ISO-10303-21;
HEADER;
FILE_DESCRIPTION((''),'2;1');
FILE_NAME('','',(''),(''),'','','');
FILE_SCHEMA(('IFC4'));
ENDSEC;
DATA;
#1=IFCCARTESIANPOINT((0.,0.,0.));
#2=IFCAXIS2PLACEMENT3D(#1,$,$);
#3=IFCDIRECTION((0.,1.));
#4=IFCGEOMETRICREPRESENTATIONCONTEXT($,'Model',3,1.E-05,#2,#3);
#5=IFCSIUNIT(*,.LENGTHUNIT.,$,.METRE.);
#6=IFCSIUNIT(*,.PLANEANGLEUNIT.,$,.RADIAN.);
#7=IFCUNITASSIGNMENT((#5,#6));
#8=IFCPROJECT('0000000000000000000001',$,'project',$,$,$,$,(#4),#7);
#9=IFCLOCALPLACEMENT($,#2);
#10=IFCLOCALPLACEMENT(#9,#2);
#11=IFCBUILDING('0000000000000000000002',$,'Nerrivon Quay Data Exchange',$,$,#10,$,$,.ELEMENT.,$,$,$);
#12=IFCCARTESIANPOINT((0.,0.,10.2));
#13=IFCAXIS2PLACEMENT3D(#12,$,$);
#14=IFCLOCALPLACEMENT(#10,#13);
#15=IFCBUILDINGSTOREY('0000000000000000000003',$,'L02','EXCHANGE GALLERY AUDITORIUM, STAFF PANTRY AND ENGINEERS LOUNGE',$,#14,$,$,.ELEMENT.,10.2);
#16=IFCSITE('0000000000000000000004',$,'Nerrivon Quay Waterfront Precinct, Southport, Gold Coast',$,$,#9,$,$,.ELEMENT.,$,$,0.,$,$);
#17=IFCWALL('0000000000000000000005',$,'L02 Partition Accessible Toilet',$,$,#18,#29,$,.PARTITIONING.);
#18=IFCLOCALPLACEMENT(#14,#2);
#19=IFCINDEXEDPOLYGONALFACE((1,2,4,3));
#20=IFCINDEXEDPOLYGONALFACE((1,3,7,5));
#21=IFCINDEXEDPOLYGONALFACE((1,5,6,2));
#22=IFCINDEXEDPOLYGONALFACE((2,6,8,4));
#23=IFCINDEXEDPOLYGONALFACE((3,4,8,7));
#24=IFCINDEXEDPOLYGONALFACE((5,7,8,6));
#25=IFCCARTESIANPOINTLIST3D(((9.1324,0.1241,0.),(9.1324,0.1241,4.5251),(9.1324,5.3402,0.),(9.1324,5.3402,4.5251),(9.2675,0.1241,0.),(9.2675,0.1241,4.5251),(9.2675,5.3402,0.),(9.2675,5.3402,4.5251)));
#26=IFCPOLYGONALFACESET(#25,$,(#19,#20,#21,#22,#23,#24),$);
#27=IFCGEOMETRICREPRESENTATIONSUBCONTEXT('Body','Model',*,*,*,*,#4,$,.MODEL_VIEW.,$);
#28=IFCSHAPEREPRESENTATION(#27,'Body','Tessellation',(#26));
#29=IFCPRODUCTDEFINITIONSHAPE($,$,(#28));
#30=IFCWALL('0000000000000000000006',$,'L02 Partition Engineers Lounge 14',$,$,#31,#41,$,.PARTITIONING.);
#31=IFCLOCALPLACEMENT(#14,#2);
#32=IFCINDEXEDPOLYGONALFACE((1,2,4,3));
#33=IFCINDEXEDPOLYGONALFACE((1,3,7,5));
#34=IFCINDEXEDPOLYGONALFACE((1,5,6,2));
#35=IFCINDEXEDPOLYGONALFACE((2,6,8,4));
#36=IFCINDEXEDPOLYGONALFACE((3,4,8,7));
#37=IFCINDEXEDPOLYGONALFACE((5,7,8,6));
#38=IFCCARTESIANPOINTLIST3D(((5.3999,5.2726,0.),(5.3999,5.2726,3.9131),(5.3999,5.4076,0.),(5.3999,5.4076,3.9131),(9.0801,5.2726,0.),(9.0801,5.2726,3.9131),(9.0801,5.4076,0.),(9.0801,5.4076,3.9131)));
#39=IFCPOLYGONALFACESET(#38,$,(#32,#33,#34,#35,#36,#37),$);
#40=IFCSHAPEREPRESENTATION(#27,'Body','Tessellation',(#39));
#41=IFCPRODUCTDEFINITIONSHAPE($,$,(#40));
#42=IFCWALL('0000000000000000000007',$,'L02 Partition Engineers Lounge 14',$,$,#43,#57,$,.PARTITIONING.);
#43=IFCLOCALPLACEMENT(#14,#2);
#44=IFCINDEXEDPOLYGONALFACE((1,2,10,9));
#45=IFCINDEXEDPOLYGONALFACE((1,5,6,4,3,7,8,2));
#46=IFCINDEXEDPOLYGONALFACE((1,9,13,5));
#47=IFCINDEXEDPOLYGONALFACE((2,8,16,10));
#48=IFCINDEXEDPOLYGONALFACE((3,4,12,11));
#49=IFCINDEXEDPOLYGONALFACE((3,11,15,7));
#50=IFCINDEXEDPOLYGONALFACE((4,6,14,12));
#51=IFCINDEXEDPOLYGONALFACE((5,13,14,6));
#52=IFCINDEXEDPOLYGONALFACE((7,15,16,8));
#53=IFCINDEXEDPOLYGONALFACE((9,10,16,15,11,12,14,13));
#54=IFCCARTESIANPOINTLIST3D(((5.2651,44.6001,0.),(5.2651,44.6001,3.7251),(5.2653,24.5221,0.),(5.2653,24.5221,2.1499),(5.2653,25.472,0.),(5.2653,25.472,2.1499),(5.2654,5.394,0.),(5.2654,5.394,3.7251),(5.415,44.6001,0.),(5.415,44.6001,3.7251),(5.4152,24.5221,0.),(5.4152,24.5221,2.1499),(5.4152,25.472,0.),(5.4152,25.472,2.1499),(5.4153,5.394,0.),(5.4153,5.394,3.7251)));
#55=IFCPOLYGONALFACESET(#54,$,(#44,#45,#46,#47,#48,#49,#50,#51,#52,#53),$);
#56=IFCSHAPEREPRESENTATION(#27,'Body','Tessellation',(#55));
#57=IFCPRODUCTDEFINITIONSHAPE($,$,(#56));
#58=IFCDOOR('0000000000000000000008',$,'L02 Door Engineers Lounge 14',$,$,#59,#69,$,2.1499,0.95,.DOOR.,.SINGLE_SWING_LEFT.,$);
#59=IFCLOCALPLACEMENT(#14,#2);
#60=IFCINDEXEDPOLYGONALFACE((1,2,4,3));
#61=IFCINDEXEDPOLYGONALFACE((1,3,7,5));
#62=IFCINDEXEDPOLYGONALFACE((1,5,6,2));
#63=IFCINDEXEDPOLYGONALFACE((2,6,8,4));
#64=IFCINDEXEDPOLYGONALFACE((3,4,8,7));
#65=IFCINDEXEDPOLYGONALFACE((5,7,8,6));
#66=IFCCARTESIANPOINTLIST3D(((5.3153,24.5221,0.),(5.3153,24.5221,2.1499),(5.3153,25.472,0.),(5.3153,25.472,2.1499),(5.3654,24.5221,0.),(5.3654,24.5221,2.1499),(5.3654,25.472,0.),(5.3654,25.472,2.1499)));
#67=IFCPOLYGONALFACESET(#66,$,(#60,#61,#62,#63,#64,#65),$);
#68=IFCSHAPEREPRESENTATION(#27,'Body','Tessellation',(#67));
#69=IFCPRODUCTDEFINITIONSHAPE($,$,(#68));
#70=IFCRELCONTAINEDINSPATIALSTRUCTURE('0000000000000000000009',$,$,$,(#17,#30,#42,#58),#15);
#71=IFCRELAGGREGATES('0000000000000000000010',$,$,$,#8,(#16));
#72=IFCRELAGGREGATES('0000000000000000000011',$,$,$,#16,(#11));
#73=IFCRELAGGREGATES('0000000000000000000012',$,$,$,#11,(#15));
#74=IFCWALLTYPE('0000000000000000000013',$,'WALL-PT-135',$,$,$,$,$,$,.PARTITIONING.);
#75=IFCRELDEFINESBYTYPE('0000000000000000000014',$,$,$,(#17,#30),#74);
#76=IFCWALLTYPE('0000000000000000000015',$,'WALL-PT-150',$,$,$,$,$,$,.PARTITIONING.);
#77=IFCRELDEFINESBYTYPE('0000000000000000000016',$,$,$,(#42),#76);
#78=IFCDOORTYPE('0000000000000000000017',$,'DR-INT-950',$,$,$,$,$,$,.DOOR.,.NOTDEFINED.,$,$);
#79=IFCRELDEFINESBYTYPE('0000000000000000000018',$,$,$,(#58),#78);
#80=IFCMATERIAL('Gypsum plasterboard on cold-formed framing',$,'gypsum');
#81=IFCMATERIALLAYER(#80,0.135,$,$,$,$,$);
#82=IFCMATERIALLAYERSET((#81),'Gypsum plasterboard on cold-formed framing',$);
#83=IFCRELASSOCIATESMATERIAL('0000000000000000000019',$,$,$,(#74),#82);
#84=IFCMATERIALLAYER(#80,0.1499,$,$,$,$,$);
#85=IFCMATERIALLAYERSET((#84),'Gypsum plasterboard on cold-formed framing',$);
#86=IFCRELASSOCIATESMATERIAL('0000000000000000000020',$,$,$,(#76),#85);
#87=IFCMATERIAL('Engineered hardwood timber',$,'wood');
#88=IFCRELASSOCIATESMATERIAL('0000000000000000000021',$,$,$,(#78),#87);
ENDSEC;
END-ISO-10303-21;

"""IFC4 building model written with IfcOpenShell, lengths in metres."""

from ifc_helpers import new_model, si_unit, direction, frame, frame_2d, origin, place, context, subcontext, project, spatial, rectangle, extrude, material, layer, layer_set, type_object, element, fill, save


model = new_model("IFC4")

# Units and contexts
model_context = context("Model", 3, precision=1e-05, world=origin(), true_north=direction((0.0, 1.0)))
body_context = subcontext(model_context, "Body", "Model", "MODEL_VIEW")
ifc_project = project(units=[si_unit("LENGTHUNIT", "METRE"), si_unit("PLANEANGLEUNIT", "RADIAN")], contexts=[model_context])

# Site, building, storey
site_placement = place(None, origin())
site = spatial("IfcSite", under=ifc_project, at=site_placement, Name="Nerrivon Quay Waterfront Precinct, Southport, Gold Coast", CompositionType="ELEMENT", RefElevation=0.0)
building_placement = place(site_placement, origin())
building = spatial("IfcBuilding", under=site, at=building_placement, Name="Nerrivon Quay Data Exchange", CompositionType="ELEMENT")
storey_placement = place(building_placement, frame((0.0, 0.0, 10.2)))
storey = spatial("IfcBuildingStorey", under=building, at=storey_placement, Name="L02", Description="EXCHANGE GALLERY AUDITORIUM, STAFF PANTRY AND ENGINEERS LOUNGE", CompositionType="ELEMENT", Elevation=10.2)

# Shared definitions
ifc_material_1 = material(Name="Gypsum plasterboard on cold-formed framing", Category="gypsum")
ifc_material_2 = material(Name="Engineered hardwood timber", Category="wood")

# Walls
ifc_layer_1 = layer(ifc_material_1, 0.135)
ifc_layer_set_1 = layer_set([ifc_layer_1], Name="Gypsum plasterboard on cold-formed framing")
wall_type_1 = type_object("IfcWallType", Name="WALL-PT-135", PredefinedType="PARTITIONING", material=ifc_layer_set_1)
wall_1_placement = place(storey_placement, frame((9.2, 5.3401, 0.0), z_axis=(0.0, 0.0, 1.0), x_axis=(0.0, -1.0, 0.0)))
element("IfcWall", 1, at=wall_1_placement, inside=storey, type_object=wall_type_1, Name="L02 Partition Accessible Toilet", PredefinedType="PARTITIONING", context=body_context, shape_type="SweptSolid", body=[
    extrude(rectangle(XDim=5.2161, YDim=0.135, at=frame_2d((2.6079, 0.0))), origin(), (0.0, 0.0, 1.0), 4.5251),
])
wall_2_placement = place(storey_placement, frame((9.0801, 5.3401, 0.0), z_axis=(0.0, 0.0, 1.0), x_axis=(-1.0, 0.0, 0.0)))
element("IfcWall", 2, at=wall_2_placement, inside=storey, type_object=wall_type_1, Name="L02 Partition Engineers Lounge 14", PredefinedType="PARTITIONING", context=body_context, shape_type="SweptSolid", body=[
    extrude(rectangle(XDim=3.6802, YDim=0.135, at=frame_2d((1.8401, 0.0))), origin(), (0.0, 0.0, 1.0), 3.9131),
])

# Wall, opening, door
ifc_layer_2 = layer(ifc_material_1, 0.1499)
ifc_layer_set_2 = layer_set([ifc_layer_2], Name="Gypsum plasterboard on cold-formed framing")
wall_type_2 = type_object("IfcWallType", Name="WALL-PT-150", PredefinedType="PARTITIONING", material=ifc_layer_set_2)
wall_3_placement = place(storey_placement, frame((5.3403, 5.394, 0.0), z_axis=(0.0, 0.0, 1.0), x_axis=(-0.000006, 1.0, 0.0)))
wall_3 = element("IfcWall", 3, at=wall_3_placement, inside=storey, type_object=wall_type_2, Name="L02 Partition Engineers Lounge 14", PredefinedType="PARTITIONING", context=body_context, shape_type="SweptSolid", body=[
    extrude(rectangle(XDim=39.2061, YDim=0.1499, at=frame_2d((19.603, 0.0))), origin(), (0.0, 0.0, 1.0), 3.7251),
])
opening_1_placement = place(wall_3_placement, frame((19.1279, 0.0, 0.0)))
opening_1 = element("IfcOpeningElement", 4, at=opening_1_placement, cuts=wall_3, PredefinedType="OPENING", context=body_context, shape_type="SweptSolid", body=[
    extrude(rectangle(XDim=0.95, YDim=2.1499, at=frame_2d((0.4751, 1.075))), frame((0.0, 0.085, 0.0), z_axis=(0.0, -1.0, 0.0), x_axis=(1.0, 0.0, 0.0)), (0.0, 0.0, 1.0), 0.1699),
])
door_type_1 = type_object("IfcDoorType", Name="DR-INT-950", OperationType="NOTDEFINED", PredefinedType="DOOR", material=ifc_material_2)
door_1_placement = place(opening_1_placement, origin())
door_1 = element("IfcDoor", 5, at=door_1_placement, inside=storey, type_object=door_type_1, Name="L02 Door Engineers Lounge 14", OperationType="SINGLE_SWING_LEFT", OverallHeight=2.1499, OverallWidth=0.95, PredefinedType="DOOR", context=body_context, shape_type="SweptSolid", body=[
    extrude(rectangle(XDim=0.95, YDim=2.1499, at=frame_2d((0.4751, 1.075))), frame((0.0, 0.0249, 0.0), z_axis=(0.0, -1.0, 0.0), x_axis=(1.0, 0.0, 0.0)), (0.0, 0.0, 1.0), 0.05),
])
fill(opening_1, door_1)

save(model, "model.ifc")
